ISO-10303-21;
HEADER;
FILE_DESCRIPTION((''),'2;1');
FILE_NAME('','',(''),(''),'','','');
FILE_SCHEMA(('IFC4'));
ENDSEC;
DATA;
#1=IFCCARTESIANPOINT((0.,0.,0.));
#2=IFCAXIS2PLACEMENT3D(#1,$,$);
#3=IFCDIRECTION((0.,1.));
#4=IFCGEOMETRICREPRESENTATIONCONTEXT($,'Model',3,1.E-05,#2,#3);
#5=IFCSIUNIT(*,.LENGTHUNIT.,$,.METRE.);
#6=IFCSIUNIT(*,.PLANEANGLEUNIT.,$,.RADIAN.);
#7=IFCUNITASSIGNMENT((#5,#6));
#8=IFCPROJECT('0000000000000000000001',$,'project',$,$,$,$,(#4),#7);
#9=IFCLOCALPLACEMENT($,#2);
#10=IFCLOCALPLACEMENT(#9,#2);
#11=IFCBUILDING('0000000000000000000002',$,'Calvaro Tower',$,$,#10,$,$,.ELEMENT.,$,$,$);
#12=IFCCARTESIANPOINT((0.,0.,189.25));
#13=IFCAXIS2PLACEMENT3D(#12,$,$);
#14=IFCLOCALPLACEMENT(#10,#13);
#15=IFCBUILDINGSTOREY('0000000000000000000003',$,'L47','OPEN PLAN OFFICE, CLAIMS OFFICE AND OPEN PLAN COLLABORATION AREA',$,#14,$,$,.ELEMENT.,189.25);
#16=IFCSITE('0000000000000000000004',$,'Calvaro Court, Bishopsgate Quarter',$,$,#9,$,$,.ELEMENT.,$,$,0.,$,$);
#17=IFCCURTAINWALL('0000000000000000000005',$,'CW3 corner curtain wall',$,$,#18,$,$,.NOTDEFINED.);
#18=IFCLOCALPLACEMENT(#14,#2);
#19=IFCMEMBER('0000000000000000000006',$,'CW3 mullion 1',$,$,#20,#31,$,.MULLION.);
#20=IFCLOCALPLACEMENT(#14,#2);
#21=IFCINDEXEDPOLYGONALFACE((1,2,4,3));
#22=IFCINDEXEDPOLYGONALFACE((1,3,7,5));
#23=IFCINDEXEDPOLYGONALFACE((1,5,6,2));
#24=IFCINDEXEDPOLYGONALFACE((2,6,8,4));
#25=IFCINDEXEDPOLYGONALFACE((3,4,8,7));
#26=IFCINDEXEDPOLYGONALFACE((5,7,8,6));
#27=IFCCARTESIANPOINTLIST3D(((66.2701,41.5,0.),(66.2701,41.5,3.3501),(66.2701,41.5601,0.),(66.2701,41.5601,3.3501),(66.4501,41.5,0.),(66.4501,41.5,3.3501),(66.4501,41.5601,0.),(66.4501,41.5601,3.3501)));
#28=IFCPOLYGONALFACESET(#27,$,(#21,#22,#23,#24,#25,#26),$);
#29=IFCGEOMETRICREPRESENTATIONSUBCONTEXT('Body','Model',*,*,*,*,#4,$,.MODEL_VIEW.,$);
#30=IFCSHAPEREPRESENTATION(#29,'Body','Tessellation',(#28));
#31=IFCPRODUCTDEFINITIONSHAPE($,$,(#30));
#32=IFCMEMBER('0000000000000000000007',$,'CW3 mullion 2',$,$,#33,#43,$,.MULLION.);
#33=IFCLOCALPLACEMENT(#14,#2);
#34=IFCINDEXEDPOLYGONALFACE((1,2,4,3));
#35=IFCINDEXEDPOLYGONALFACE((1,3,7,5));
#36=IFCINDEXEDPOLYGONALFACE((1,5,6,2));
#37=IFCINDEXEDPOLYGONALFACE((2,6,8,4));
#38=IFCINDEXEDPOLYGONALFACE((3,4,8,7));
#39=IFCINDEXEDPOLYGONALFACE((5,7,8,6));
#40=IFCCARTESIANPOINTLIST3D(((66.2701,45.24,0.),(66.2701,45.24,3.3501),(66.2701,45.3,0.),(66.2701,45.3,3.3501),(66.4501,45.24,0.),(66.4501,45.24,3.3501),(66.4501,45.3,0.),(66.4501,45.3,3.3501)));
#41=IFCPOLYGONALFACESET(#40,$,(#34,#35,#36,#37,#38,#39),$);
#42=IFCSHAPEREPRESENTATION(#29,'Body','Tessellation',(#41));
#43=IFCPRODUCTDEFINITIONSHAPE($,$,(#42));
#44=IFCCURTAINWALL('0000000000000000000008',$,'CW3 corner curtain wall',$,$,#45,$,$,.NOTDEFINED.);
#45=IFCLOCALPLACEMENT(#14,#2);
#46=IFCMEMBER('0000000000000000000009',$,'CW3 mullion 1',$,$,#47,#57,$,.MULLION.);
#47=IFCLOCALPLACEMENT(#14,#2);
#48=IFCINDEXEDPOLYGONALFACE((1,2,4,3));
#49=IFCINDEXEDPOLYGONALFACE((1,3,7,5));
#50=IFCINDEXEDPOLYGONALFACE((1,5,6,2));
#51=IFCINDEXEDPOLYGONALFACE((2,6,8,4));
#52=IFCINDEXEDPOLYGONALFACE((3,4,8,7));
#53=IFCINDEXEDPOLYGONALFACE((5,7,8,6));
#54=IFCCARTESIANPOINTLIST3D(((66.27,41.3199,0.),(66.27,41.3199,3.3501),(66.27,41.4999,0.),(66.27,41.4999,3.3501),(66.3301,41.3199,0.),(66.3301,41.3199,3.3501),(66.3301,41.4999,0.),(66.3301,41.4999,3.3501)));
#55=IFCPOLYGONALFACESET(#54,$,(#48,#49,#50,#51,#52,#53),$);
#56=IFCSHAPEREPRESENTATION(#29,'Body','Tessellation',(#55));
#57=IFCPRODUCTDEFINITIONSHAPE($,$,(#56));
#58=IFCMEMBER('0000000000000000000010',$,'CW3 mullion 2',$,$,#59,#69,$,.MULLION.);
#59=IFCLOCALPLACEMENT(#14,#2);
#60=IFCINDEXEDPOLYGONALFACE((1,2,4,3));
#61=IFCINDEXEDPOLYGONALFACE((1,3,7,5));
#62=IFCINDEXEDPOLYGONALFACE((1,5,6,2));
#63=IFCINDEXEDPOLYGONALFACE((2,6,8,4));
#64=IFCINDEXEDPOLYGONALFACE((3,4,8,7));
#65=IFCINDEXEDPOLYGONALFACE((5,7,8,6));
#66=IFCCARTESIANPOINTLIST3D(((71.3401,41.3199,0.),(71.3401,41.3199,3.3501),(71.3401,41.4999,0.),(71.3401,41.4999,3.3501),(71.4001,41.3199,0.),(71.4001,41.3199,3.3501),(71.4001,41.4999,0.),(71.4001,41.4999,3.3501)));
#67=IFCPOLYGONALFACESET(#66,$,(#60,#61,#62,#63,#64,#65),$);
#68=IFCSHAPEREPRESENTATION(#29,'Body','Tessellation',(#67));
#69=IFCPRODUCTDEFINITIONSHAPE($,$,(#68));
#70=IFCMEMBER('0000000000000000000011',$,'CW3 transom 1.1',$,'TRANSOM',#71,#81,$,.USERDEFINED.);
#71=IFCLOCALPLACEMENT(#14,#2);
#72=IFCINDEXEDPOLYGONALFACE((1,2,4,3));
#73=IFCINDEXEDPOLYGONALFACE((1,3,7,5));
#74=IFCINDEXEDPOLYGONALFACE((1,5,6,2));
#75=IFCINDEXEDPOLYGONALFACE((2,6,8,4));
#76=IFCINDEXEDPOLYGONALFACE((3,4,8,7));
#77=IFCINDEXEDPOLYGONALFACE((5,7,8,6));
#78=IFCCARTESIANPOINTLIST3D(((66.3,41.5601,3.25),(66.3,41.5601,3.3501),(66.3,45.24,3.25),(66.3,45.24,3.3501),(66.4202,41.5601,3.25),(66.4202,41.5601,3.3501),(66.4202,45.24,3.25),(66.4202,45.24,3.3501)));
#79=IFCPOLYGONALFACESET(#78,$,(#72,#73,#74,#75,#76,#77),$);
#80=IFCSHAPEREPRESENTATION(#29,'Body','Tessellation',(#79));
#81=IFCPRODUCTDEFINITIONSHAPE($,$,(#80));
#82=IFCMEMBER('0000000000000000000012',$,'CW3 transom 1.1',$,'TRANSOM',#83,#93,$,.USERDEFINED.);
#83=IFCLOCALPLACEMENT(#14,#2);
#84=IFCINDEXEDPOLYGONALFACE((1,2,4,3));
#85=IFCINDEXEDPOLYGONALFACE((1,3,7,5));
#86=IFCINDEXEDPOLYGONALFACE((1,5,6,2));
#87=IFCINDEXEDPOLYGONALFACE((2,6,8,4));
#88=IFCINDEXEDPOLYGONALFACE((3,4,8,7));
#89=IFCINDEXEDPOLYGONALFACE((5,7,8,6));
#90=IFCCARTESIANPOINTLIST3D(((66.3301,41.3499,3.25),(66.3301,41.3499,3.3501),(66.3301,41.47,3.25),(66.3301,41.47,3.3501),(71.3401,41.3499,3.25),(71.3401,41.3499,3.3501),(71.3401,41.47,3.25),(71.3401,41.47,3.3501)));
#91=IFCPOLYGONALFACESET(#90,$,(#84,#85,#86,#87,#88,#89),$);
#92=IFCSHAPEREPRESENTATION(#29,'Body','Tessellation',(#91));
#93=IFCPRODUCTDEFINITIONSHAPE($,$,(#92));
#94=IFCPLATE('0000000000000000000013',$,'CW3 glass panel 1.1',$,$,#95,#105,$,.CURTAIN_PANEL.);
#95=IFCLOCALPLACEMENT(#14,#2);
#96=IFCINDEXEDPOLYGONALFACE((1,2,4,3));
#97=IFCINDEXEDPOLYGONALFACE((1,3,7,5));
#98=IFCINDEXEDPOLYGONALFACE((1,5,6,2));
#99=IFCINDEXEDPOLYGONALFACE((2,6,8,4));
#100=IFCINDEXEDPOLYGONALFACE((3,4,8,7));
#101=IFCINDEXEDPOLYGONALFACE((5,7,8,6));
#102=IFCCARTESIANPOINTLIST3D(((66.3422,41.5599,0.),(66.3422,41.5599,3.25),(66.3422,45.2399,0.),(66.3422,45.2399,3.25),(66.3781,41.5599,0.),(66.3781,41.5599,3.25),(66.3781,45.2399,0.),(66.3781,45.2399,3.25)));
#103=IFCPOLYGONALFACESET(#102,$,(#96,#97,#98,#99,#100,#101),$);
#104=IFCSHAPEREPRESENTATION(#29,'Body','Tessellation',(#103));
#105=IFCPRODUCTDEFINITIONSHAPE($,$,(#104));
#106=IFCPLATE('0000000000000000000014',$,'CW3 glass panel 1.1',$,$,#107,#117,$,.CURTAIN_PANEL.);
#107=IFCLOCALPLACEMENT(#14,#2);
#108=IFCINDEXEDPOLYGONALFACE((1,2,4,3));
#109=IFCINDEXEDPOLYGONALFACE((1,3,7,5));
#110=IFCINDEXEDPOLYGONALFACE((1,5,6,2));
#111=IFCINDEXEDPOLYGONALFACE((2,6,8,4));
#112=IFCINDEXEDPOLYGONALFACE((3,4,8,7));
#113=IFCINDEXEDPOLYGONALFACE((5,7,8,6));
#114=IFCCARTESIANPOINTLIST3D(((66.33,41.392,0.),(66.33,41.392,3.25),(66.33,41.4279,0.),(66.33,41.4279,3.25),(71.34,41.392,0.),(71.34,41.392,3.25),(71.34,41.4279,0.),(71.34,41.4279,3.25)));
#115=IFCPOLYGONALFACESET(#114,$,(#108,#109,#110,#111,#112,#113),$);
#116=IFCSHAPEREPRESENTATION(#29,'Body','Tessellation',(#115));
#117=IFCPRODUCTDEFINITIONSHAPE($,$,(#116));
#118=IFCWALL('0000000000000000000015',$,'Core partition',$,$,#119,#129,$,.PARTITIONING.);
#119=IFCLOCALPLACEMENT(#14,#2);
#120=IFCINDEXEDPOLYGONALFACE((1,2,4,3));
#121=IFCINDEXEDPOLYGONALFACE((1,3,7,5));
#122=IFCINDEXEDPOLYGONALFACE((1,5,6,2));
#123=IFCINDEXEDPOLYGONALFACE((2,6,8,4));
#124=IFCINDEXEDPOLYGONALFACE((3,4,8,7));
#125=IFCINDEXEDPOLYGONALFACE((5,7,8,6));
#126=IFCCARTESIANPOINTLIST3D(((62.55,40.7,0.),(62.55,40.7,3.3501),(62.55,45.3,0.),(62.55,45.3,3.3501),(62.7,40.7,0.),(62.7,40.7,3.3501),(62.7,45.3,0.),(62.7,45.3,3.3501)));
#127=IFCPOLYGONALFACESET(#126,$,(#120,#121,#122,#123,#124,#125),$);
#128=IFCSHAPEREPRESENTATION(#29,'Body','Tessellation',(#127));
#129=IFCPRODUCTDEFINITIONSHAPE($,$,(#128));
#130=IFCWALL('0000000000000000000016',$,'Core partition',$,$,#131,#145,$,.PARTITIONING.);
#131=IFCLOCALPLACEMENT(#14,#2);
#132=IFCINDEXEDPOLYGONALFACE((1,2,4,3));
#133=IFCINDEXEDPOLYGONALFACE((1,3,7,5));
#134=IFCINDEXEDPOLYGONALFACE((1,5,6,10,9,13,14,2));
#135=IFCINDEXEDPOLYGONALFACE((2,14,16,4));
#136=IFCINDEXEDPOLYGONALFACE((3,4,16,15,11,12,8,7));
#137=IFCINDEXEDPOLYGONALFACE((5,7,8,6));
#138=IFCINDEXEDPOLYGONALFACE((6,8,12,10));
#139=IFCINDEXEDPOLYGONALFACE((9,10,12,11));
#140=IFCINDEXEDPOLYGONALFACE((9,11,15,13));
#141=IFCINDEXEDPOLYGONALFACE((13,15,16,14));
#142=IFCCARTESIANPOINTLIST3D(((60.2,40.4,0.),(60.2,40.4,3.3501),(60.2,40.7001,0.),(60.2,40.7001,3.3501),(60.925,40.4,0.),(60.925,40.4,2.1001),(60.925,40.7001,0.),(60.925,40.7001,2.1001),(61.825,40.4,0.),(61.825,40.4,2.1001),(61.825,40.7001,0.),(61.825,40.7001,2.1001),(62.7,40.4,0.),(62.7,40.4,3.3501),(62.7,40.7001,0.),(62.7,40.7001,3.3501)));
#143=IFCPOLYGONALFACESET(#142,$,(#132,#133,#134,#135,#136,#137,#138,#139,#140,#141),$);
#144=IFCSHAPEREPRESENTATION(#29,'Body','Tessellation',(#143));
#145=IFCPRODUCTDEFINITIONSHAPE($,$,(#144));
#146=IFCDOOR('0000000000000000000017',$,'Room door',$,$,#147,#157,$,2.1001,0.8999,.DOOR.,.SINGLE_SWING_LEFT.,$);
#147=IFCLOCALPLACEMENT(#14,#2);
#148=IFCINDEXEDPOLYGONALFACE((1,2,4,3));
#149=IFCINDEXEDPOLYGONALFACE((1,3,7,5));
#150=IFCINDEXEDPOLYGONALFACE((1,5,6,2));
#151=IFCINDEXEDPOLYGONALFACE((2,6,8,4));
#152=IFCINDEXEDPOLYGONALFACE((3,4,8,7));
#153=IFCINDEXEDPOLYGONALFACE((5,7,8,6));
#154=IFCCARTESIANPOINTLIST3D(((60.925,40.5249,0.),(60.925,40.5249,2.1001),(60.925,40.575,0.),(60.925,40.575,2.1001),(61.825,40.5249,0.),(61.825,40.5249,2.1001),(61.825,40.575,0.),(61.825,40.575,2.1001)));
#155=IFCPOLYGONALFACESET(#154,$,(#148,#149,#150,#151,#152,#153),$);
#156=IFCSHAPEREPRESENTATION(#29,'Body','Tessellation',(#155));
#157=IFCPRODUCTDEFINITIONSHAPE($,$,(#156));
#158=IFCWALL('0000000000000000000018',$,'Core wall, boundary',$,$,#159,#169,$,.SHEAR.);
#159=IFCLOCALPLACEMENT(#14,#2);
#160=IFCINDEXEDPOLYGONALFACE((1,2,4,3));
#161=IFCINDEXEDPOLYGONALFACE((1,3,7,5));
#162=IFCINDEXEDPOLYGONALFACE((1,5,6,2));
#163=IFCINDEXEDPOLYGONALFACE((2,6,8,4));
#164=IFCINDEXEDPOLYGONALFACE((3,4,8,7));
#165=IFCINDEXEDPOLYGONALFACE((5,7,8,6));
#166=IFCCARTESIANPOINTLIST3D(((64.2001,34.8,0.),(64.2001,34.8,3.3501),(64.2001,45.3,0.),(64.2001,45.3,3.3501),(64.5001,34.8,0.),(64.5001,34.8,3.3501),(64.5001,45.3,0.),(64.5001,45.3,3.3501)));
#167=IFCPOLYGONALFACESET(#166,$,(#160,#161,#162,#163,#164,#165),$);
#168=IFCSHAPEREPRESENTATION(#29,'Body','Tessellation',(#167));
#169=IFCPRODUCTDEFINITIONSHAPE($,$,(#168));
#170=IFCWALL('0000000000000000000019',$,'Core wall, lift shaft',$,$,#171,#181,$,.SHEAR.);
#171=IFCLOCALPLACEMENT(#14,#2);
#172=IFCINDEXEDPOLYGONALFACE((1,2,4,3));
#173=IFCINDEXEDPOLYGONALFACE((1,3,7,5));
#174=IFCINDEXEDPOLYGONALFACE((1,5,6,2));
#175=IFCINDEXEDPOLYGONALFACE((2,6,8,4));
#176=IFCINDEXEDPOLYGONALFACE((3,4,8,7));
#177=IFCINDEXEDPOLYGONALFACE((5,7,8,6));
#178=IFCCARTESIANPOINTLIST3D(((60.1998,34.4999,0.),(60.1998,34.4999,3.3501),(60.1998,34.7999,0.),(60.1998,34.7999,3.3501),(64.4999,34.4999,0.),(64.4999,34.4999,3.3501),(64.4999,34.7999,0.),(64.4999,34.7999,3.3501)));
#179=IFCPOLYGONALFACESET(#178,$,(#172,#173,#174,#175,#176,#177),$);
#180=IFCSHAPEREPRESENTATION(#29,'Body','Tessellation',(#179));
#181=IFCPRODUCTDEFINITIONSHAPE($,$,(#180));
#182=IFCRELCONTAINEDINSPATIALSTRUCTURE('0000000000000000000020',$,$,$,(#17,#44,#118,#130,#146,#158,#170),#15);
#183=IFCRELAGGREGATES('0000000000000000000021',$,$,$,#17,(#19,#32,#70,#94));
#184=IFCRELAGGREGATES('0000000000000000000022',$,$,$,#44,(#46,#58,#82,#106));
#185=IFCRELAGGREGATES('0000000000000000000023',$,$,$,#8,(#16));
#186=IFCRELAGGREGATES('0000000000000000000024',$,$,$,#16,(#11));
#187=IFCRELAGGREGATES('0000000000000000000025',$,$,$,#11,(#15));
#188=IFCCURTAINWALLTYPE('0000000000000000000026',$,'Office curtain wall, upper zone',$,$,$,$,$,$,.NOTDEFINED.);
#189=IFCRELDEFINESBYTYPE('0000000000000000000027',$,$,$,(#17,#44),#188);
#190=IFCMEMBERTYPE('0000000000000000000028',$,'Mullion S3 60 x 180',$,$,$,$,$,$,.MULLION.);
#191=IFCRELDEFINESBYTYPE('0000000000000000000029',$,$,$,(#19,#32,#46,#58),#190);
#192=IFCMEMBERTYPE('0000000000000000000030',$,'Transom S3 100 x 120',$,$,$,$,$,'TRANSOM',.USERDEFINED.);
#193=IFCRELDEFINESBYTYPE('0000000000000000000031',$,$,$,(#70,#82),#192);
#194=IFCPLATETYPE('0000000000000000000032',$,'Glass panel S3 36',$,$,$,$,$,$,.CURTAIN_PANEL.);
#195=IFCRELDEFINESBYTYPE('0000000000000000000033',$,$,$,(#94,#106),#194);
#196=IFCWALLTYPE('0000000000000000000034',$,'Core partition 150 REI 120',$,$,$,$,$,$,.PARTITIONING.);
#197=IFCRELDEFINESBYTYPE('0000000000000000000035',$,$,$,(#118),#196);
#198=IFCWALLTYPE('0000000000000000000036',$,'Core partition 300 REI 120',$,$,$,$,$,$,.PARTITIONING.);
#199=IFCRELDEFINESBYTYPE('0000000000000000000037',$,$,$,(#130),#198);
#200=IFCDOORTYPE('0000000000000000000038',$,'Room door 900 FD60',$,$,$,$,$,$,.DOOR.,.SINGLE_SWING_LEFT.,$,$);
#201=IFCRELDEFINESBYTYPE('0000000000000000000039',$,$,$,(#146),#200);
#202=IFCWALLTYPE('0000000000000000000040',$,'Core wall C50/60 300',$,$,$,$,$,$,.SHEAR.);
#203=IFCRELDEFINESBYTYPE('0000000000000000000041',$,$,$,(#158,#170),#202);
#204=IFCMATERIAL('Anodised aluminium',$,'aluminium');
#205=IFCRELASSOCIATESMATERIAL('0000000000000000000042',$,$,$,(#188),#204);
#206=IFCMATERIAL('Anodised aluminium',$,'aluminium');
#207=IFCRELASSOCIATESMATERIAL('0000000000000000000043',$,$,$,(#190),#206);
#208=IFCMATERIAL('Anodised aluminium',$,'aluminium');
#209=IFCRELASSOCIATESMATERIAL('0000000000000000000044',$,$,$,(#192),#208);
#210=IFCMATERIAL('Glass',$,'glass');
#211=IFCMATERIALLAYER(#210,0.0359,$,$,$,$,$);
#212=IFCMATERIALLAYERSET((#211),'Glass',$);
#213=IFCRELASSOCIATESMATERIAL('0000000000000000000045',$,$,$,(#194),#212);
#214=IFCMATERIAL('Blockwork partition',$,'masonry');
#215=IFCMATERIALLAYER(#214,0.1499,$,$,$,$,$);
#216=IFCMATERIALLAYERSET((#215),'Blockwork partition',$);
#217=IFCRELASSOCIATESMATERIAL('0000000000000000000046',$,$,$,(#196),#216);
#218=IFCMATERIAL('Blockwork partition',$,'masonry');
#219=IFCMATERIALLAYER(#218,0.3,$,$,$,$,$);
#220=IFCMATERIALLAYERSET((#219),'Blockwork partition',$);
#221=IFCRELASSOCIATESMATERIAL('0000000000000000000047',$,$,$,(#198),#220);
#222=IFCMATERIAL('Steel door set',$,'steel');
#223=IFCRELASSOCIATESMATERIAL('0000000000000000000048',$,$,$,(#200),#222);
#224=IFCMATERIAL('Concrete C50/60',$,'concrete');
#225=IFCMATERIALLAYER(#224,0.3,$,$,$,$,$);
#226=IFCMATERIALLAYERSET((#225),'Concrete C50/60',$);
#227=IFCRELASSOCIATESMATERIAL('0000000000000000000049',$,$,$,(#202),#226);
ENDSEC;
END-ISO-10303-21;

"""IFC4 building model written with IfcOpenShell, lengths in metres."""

from ifc_helpers import new_model, si_unit, direction, frame, frame_2d, origin, origin_2d, place, context, subcontext, project, spatial, rectangle, extrude, material, layer, layer_set, material_profile, profile_set, type_object, element, fill, aggregate, save


model = new_model("IFC4")

# Units and contexts
model_context = context("Model", 3, precision=1e-05, world=origin(), true_north=direction((0.0, 1.0)))
body_context = subcontext(model_context, "Body", "Model", "MODEL_VIEW")
ifc_project = project(units=[si_unit("LENGTHUNIT", "METRE"), si_unit("PLANEANGLEUNIT", "RADIAN")], contexts=[model_context])

# Site, building, storey
site_placement = place(None, origin())
site = spatial("IfcSite", under=ifc_project, at=site_placement, Name="Calvaro Court, Bishopsgate Quarter", CompositionType="ELEMENT", RefElevation=0.0)
building_placement = place(site_placement, origin())
building = spatial("IfcBuilding", under=site, at=building_placement, Name="Calvaro Tower", CompositionType="ELEMENT")
storey_placement = place(building_placement, frame((0.0, 0.0, 189.25)))
storey = spatial("IfcBuildingStorey", under=building, at=storey_placement, Name="L47", Description="OPEN PLAN OFFICE, CLAIMS OFFICE AND OPEN PLAN COLLABORATION AREA", CompositionType="ELEMENT", Elevation=189.25)

# Curtain walls, members
ifc_material_1 = material(Name="Anodised aluminium", Category="aluminium")
curtain_wall_type = type_object("IfcCurtainWallType", Name="Office curtain wall, upper zone", PredefinedType="NOTDEFINED", material=ifc_material_1)
curtain_wall_1_placement = place(storey_placement, origin())
curtain_wall_1 = element("IfcCurtainWall", 1, at=curtain_wall_1_placement, inside=storey, type_object=curtain_wall_type, Name="CW3 corner curtain wall", PredefinedType="NOTDEFINED")
ifc_material_2 = material(Name="Anodised aluminium", Category="aluminium")
ifc_material_profile_1 = material_profile(ifc_material_2, rectangle(XDim=0.1799, YDim=0.0601, at=origin_2d()), Name="Mullion S3 60 x 180")
ifc_profile_set_1 = profile_set([ifc_material_profile_1], Name="Anodised aluminium")
member_type_1 = type_object("IfcMemberType", Name="Mullion S3 60 x 180", PredefinedType="MULLION", material=ifc_profile_set_1)
member_1_placement = place(storey_placement, frame((66.3601, 41.53, 0.0), z_axis=(0.0, 0.0, 1.0), x_axis=(-1.0, 0.0, 0.0)))
member_1 = element("IfcMember", 2, at=member_1_placement, type_object=member_type_1, Name="CW3 mullion 1", PredefinedType="MULLION", context=body_context, shape_type="SweptSolid", body=[
    extrude(rectangle(XDim=0.1799, YDim=0.0601, at=origin_2d()), origin(), (0.0, 0.0, 1.0), 3.3501),
])
member_2_placement = place(storey_placement, frame((66.3601, 45.27, 0.0), z_axis=(0.0, 0.0, 1.0), x_axis=(-1.0, 0.0, 0.0)))
member_2 = element("IfcMember", 3, at=member_2_placement, type_object=member_type_1, Name="CW3 mullion 2", PredefinedType="MULLION", context=body_context, shape_type="SweptSolid", body=[
    extrude(rectangle(XDim=0.1799, YDim=0.0601, at=origin_2d()), origin(), (0.0, 0.0, 1.0), 3.3501),
])
curtain_wall_2_placement = place(storey_placement, origin())
curtain_wall_2 = element("IfcCurtainWall", 4, at=curtain_wall_2_placement, inside=storey, type_object=curtain_wall_type, Name="CW3 corner curtain wall", PredefinedType="NOTDEFINED")
member_3_placement = place(storey_placement, frame((66.3, 41.4099, 0.0), z_axis=(0.0, 0.0, 1.0), x_axis=(0.0, 1.0, 0.0)))
member_3 = element("IfcMember", 5, at=member_3_placement, type_object=member_type_1, Name="CW3 mullion 1", PredefinedType="MULLION", context=body_context, shape_type="SweptSolid", body=[
    extrude(rectangle(XDim=0.1799, YDim=0.0601, at=origin_2d()), origin(), (0.0, 0.0, 1.0), 3.3501),
])
member_4_placement = place(storey_placement, frame((71.3701, 41.4099, 0.0), z_axis=(0.0, 0.0, 1.0), x_axis=(0.0, 1.0, 0.0)))
member_4 = element("IfcMember", 6, at=member_4_placement, type_object=member_type_1, Name="CW3 mullion 2", PredefinedType="MULLION", context=body_context, shape_type="SweptSolid", body=[
    extrude(rectangle(XDim=0.1799, YDim=0.0601, at=origin_2d()), origin(), (0.0, 0.0, 1.0), 3.3501),
])

# Members
ifc_material_3 = material(Name="Anodised aluminium", Category="aluminium")
ifc_material_profile_2 = material_profile(ifc_material_3, rectangle(XDim=0.1201, YDim=0.1001, at=origin_2d()), Name="Transom S3 100 x 120")
ifc_profile_set_2 = profile_set([ifc_material_profile_2], Name="Anodised aluminium")
member_type_2 = type_object("IfcMemberType", Name="Transom S3 100 x 120", ElementType="TRANSOM", PredefinedType="USERDEFINED", material=ifc_profile_set_2)
member_5_placement = place(storey_placement, frame((66.3601, 41.5601, 3.3), z_axis=(0.0, 1.0, 0.0), x_axis=(-1.0, 0.0, 0.0)))
member_5 = element("IfcMember", 7, at=member_5_placement, type_object=member_type_2, Name="CW3 transom 1.1", ObjectType="TRANSOM", PredefinedType="USERDEFINED", context=body_context, shape_type="SweptSolid", body=[
    extrude(rectangle(XDim=0.1201, YDim=0.1001, at=origin_2d()), origin(), (0.0, 0.0, 1.0), 3.6799),
])
member_6_placement = place(storey_placement, frame((66.3301, 41.4099, 3.3), z_axis=(1.0, 0.0, 0.0), x_axis=(0.0, 1.0, 0.0)))
member_6 = element("IfcMember", 8, at=member_6_placement, type_object=member_type_2, Name="CW3 transom 1.1", ObjectType="TRANSOM", PredefinedType="USERDEFINED", context=body_context, shape_type="SweptSolid", body=[
    extrude(rectangle(XDim=0.1201, YDim=0.1001, at=origin_2d()), origin(), (0.0, 0.0, 1.0), 5.01),
])

# Plates
ifc_material_4 = material(Name="Glass", Category="glass")
ifc_layer_1 = layer(ifc_material_4, 0.0359)
ifc_layer_set_1 = layer_set([ifc_layer_1], Name="Glass")
plate_type = type_object("IfcPlateType", Name="Glass panel S3 36", PredefinedType="CURTAIN_PANEL", material=ifc_layer_set_1)
plate_1_placement = place(storey_placement, frame((66.3601, 43.3999, 0.0), z_axis=(0.0, 0.0, 1.0), x_axis=(0.0, 1.0, 0.0)))
plate_1 = element("IfcPlate", 9, at=plate_1_placement, type_object=plate_type, Name="CW3 glass panel 1.1", PredefinedType="CURTAIN_PANEL", context=body_context, shape_type="SweptSolid", body=[
    extrude(rectangle(XDim=3.6799, YDim=0.0359, at=origin_2d()), origin(), (0.0, 0.0, 1.0), 3.25),
])
aggregate(curtain_wall_1, [member_1, member_2, member_5, plate_1])
plate_2_placement = place(storey_placement, frame((68.835, 41.4099, 0.0), z_axis=(0.0, 0.0, 1.0), x_axis=(1.0, 0.0, 0.0)))
plate_2 = element("IfcPlate", 10, at=plate_2_placement, type_object=plate_type, Name="CW3 glass panel 1.1", PredefinedType="CURTAIN_PANEL", context=body_context, shape_type="SweptSolid", body=[
    extrude(rectangle(XDim=5.01, YDim=0.0359, at=origin_2d()), origin(), (0.0, 0.0, 1.0), 3.25),
])
aggregate(curtain_wall_2, [member_3, member_4, member_6, plate_2])

# Wall
ifc_material_5 = material(Name="Blockwork partition", Category="masonry")
ifc_layer_2 = layer(ifc_material_5, 0.1499)
ifc_layer_set_2 = layer_set([ifc_layer_2], Name="Blockwork partition")
wall_type_1 = type_object("IfcWallType", Name="Core partition 150 REI 120", PredefinedType="PARTITIONING", material=ifc_layer_set_2)
wall_1_placement = place(storey_placement, frame((62.625, 40.7, 0.0), z_axis=(0.0, 0.0, 1.0), x_axis=(0.0, 1.0, 0.0)))
element("IfcWall", 11, at=wall_1_placement, inside=storey, type_object=wall_type_1, Name="Core partition", PredefinedType="PARTITIONING", context=body_context, shape_type="SweptSolid", body=[
    extrude(rectangle(XDim=4.6001, YDim=0.1499, at=frame_2d((2.3, 0.0))), origin(), (0.0, 0.0, 1.0), 3.3501),
])

# Wall, opening, door
ifc_material_6 = material(Name="Blockwork partition", Category="masonry")
ifc_layer_3 = layer(ifc_material_6, 0.3)
ifc_layer_set_3 = layer_set([ifc_layer_3], Name="Blockwork partition")
wall_type_2 = type_object("IfcWallType", Name="Core partition 300 REI 120", PredefinedType="PARTITIONING", material=ifc_layer_set_3)
wall_2_placement = place(storey_placement, frame((60.2, 40.55, 0.0), z_axis=(0.0, 0.0, 1.0), x_axis=(1.0, 0.0, 0.0)))
wall_2 = element("IfcWall", 12, at=wall_2_placement, inside=storey, type_object=wall_type_2, Name="Core partition", PredefinedType="PARTITIONING", context=body_context, shape_type="SweptSolid", body=[
    extrude(rectangle(XDim=2.5, YDim=0.3, at=frame_2d((1.25, 0.0))), origin(), (0.0, 0.0, 1.0), 3.3501),
])
opening_1_placement = place(wall_2_placement, frame((0.7251, 0.0, 0.0)))
opening_1 = element("IfcOpeningElement", 13, at=opening_1_placement, cuts=wall_2, PredefinedType="OPENING", context=body_context, shape_type="SweptSolid", body=[
    extrude(rectangle(XDim=0.8999, YDim=2.1001, at=frame_2d((0.45, 1.05))), frame((0.0, 0.1599, 0.0), z_axis=(0.0, -1.0, 0.0), x_axis=(1.0, 0.0, 0.0)), (0.0, 0.0, 1.0), 0.3201),
])
ifc_material_7 = material(Name="Steel door set", Category="steel")
door_type_1 = type_object("IfcDoorType", Name="Room door 900 FD60", OperationType="SINGLE_SWING_LEFT", PredefinedType="DOOR", material=ifc_material_7)
door_1_placement = place(opening_1_placement, origin())
door_1 = element("IfcDoor", 14, at=door_1_placement, inside=storey, type_object=door_type_1, Name="Room door", OperationType="SINGLE_SWING_LEFT", OverallHeight=2.1001, OverallWidth=0.8999, PredefinedType="DOOR", context=body_context, shape_type="SweptSolid", body=[
    extrude(rectangle(XDim=0.8999, YDim=2.1001, at=frame_2d((0.45, 1.05))), frame((0.0, 0.0249, 0.0), z_axis=(0.0, -1.0, 0.0), x_axis=(1.0, 0.0, 0.0)), (0.0, 0.0, 1.0), 0.05),
])
fill(opening_1, door_1)

# Walls
ifc_material_8 = material(Name="Concrete C50/60", Category="concrete")
ifc_layer_4 = layer(ifc_material_8, 0.3)
ifc_layer_set_4 = layer_set([ifc_layer_4], Name="Concrete C50/60")
wall_type_3 = type_object("IfcWallType", Name="Core wall C50/60 300", PredefinedType="SHEAR", material=ifc_layer_set_4)
wall_3_placement = place(storey_placement, frame((64.3501, 34.8, 0.0), z_axis=(0.0, 0.0, 1.0), x_axis=(0.0, 1.0, 0.0)))
element("IfcWall", 15, at=wall_3_placement, inside=storey, type_object=wall_type_3, Name="Core wall, boundary", PredefinedType="SHEAR", context=body_context, shape_type="SweptSolid", body=[
    extrude(rectangle(XDim=10.5, YDim=0.3, at=frame_2d((5.25, 0.0))), origin(), (0.0, 0.0, 1.0), 3.3501),
])
wall_4_placement = place(storey_placement, frame((60.2, 34.6499, 0.0), z_axis=(0.0, 0.0, 1.0), x_axis=(1.0, 0.0, 0.0)))
element("IfcWall", 16, at=wall_4_placement, inside=storey, type_object=wall_type_3, Name="Core wall, lift shaft", PredefinedType="SHEAR", context=body_context, shape_type="SweptSolid", body=[
    extrude(rectangle(XDim=4.3, YDim=0.3, at=frame_2d((2.1499, 0.0))), origin(), (0.0, 0.0, 1.0), 3.3501),
])

save(model, "model.ifc")
